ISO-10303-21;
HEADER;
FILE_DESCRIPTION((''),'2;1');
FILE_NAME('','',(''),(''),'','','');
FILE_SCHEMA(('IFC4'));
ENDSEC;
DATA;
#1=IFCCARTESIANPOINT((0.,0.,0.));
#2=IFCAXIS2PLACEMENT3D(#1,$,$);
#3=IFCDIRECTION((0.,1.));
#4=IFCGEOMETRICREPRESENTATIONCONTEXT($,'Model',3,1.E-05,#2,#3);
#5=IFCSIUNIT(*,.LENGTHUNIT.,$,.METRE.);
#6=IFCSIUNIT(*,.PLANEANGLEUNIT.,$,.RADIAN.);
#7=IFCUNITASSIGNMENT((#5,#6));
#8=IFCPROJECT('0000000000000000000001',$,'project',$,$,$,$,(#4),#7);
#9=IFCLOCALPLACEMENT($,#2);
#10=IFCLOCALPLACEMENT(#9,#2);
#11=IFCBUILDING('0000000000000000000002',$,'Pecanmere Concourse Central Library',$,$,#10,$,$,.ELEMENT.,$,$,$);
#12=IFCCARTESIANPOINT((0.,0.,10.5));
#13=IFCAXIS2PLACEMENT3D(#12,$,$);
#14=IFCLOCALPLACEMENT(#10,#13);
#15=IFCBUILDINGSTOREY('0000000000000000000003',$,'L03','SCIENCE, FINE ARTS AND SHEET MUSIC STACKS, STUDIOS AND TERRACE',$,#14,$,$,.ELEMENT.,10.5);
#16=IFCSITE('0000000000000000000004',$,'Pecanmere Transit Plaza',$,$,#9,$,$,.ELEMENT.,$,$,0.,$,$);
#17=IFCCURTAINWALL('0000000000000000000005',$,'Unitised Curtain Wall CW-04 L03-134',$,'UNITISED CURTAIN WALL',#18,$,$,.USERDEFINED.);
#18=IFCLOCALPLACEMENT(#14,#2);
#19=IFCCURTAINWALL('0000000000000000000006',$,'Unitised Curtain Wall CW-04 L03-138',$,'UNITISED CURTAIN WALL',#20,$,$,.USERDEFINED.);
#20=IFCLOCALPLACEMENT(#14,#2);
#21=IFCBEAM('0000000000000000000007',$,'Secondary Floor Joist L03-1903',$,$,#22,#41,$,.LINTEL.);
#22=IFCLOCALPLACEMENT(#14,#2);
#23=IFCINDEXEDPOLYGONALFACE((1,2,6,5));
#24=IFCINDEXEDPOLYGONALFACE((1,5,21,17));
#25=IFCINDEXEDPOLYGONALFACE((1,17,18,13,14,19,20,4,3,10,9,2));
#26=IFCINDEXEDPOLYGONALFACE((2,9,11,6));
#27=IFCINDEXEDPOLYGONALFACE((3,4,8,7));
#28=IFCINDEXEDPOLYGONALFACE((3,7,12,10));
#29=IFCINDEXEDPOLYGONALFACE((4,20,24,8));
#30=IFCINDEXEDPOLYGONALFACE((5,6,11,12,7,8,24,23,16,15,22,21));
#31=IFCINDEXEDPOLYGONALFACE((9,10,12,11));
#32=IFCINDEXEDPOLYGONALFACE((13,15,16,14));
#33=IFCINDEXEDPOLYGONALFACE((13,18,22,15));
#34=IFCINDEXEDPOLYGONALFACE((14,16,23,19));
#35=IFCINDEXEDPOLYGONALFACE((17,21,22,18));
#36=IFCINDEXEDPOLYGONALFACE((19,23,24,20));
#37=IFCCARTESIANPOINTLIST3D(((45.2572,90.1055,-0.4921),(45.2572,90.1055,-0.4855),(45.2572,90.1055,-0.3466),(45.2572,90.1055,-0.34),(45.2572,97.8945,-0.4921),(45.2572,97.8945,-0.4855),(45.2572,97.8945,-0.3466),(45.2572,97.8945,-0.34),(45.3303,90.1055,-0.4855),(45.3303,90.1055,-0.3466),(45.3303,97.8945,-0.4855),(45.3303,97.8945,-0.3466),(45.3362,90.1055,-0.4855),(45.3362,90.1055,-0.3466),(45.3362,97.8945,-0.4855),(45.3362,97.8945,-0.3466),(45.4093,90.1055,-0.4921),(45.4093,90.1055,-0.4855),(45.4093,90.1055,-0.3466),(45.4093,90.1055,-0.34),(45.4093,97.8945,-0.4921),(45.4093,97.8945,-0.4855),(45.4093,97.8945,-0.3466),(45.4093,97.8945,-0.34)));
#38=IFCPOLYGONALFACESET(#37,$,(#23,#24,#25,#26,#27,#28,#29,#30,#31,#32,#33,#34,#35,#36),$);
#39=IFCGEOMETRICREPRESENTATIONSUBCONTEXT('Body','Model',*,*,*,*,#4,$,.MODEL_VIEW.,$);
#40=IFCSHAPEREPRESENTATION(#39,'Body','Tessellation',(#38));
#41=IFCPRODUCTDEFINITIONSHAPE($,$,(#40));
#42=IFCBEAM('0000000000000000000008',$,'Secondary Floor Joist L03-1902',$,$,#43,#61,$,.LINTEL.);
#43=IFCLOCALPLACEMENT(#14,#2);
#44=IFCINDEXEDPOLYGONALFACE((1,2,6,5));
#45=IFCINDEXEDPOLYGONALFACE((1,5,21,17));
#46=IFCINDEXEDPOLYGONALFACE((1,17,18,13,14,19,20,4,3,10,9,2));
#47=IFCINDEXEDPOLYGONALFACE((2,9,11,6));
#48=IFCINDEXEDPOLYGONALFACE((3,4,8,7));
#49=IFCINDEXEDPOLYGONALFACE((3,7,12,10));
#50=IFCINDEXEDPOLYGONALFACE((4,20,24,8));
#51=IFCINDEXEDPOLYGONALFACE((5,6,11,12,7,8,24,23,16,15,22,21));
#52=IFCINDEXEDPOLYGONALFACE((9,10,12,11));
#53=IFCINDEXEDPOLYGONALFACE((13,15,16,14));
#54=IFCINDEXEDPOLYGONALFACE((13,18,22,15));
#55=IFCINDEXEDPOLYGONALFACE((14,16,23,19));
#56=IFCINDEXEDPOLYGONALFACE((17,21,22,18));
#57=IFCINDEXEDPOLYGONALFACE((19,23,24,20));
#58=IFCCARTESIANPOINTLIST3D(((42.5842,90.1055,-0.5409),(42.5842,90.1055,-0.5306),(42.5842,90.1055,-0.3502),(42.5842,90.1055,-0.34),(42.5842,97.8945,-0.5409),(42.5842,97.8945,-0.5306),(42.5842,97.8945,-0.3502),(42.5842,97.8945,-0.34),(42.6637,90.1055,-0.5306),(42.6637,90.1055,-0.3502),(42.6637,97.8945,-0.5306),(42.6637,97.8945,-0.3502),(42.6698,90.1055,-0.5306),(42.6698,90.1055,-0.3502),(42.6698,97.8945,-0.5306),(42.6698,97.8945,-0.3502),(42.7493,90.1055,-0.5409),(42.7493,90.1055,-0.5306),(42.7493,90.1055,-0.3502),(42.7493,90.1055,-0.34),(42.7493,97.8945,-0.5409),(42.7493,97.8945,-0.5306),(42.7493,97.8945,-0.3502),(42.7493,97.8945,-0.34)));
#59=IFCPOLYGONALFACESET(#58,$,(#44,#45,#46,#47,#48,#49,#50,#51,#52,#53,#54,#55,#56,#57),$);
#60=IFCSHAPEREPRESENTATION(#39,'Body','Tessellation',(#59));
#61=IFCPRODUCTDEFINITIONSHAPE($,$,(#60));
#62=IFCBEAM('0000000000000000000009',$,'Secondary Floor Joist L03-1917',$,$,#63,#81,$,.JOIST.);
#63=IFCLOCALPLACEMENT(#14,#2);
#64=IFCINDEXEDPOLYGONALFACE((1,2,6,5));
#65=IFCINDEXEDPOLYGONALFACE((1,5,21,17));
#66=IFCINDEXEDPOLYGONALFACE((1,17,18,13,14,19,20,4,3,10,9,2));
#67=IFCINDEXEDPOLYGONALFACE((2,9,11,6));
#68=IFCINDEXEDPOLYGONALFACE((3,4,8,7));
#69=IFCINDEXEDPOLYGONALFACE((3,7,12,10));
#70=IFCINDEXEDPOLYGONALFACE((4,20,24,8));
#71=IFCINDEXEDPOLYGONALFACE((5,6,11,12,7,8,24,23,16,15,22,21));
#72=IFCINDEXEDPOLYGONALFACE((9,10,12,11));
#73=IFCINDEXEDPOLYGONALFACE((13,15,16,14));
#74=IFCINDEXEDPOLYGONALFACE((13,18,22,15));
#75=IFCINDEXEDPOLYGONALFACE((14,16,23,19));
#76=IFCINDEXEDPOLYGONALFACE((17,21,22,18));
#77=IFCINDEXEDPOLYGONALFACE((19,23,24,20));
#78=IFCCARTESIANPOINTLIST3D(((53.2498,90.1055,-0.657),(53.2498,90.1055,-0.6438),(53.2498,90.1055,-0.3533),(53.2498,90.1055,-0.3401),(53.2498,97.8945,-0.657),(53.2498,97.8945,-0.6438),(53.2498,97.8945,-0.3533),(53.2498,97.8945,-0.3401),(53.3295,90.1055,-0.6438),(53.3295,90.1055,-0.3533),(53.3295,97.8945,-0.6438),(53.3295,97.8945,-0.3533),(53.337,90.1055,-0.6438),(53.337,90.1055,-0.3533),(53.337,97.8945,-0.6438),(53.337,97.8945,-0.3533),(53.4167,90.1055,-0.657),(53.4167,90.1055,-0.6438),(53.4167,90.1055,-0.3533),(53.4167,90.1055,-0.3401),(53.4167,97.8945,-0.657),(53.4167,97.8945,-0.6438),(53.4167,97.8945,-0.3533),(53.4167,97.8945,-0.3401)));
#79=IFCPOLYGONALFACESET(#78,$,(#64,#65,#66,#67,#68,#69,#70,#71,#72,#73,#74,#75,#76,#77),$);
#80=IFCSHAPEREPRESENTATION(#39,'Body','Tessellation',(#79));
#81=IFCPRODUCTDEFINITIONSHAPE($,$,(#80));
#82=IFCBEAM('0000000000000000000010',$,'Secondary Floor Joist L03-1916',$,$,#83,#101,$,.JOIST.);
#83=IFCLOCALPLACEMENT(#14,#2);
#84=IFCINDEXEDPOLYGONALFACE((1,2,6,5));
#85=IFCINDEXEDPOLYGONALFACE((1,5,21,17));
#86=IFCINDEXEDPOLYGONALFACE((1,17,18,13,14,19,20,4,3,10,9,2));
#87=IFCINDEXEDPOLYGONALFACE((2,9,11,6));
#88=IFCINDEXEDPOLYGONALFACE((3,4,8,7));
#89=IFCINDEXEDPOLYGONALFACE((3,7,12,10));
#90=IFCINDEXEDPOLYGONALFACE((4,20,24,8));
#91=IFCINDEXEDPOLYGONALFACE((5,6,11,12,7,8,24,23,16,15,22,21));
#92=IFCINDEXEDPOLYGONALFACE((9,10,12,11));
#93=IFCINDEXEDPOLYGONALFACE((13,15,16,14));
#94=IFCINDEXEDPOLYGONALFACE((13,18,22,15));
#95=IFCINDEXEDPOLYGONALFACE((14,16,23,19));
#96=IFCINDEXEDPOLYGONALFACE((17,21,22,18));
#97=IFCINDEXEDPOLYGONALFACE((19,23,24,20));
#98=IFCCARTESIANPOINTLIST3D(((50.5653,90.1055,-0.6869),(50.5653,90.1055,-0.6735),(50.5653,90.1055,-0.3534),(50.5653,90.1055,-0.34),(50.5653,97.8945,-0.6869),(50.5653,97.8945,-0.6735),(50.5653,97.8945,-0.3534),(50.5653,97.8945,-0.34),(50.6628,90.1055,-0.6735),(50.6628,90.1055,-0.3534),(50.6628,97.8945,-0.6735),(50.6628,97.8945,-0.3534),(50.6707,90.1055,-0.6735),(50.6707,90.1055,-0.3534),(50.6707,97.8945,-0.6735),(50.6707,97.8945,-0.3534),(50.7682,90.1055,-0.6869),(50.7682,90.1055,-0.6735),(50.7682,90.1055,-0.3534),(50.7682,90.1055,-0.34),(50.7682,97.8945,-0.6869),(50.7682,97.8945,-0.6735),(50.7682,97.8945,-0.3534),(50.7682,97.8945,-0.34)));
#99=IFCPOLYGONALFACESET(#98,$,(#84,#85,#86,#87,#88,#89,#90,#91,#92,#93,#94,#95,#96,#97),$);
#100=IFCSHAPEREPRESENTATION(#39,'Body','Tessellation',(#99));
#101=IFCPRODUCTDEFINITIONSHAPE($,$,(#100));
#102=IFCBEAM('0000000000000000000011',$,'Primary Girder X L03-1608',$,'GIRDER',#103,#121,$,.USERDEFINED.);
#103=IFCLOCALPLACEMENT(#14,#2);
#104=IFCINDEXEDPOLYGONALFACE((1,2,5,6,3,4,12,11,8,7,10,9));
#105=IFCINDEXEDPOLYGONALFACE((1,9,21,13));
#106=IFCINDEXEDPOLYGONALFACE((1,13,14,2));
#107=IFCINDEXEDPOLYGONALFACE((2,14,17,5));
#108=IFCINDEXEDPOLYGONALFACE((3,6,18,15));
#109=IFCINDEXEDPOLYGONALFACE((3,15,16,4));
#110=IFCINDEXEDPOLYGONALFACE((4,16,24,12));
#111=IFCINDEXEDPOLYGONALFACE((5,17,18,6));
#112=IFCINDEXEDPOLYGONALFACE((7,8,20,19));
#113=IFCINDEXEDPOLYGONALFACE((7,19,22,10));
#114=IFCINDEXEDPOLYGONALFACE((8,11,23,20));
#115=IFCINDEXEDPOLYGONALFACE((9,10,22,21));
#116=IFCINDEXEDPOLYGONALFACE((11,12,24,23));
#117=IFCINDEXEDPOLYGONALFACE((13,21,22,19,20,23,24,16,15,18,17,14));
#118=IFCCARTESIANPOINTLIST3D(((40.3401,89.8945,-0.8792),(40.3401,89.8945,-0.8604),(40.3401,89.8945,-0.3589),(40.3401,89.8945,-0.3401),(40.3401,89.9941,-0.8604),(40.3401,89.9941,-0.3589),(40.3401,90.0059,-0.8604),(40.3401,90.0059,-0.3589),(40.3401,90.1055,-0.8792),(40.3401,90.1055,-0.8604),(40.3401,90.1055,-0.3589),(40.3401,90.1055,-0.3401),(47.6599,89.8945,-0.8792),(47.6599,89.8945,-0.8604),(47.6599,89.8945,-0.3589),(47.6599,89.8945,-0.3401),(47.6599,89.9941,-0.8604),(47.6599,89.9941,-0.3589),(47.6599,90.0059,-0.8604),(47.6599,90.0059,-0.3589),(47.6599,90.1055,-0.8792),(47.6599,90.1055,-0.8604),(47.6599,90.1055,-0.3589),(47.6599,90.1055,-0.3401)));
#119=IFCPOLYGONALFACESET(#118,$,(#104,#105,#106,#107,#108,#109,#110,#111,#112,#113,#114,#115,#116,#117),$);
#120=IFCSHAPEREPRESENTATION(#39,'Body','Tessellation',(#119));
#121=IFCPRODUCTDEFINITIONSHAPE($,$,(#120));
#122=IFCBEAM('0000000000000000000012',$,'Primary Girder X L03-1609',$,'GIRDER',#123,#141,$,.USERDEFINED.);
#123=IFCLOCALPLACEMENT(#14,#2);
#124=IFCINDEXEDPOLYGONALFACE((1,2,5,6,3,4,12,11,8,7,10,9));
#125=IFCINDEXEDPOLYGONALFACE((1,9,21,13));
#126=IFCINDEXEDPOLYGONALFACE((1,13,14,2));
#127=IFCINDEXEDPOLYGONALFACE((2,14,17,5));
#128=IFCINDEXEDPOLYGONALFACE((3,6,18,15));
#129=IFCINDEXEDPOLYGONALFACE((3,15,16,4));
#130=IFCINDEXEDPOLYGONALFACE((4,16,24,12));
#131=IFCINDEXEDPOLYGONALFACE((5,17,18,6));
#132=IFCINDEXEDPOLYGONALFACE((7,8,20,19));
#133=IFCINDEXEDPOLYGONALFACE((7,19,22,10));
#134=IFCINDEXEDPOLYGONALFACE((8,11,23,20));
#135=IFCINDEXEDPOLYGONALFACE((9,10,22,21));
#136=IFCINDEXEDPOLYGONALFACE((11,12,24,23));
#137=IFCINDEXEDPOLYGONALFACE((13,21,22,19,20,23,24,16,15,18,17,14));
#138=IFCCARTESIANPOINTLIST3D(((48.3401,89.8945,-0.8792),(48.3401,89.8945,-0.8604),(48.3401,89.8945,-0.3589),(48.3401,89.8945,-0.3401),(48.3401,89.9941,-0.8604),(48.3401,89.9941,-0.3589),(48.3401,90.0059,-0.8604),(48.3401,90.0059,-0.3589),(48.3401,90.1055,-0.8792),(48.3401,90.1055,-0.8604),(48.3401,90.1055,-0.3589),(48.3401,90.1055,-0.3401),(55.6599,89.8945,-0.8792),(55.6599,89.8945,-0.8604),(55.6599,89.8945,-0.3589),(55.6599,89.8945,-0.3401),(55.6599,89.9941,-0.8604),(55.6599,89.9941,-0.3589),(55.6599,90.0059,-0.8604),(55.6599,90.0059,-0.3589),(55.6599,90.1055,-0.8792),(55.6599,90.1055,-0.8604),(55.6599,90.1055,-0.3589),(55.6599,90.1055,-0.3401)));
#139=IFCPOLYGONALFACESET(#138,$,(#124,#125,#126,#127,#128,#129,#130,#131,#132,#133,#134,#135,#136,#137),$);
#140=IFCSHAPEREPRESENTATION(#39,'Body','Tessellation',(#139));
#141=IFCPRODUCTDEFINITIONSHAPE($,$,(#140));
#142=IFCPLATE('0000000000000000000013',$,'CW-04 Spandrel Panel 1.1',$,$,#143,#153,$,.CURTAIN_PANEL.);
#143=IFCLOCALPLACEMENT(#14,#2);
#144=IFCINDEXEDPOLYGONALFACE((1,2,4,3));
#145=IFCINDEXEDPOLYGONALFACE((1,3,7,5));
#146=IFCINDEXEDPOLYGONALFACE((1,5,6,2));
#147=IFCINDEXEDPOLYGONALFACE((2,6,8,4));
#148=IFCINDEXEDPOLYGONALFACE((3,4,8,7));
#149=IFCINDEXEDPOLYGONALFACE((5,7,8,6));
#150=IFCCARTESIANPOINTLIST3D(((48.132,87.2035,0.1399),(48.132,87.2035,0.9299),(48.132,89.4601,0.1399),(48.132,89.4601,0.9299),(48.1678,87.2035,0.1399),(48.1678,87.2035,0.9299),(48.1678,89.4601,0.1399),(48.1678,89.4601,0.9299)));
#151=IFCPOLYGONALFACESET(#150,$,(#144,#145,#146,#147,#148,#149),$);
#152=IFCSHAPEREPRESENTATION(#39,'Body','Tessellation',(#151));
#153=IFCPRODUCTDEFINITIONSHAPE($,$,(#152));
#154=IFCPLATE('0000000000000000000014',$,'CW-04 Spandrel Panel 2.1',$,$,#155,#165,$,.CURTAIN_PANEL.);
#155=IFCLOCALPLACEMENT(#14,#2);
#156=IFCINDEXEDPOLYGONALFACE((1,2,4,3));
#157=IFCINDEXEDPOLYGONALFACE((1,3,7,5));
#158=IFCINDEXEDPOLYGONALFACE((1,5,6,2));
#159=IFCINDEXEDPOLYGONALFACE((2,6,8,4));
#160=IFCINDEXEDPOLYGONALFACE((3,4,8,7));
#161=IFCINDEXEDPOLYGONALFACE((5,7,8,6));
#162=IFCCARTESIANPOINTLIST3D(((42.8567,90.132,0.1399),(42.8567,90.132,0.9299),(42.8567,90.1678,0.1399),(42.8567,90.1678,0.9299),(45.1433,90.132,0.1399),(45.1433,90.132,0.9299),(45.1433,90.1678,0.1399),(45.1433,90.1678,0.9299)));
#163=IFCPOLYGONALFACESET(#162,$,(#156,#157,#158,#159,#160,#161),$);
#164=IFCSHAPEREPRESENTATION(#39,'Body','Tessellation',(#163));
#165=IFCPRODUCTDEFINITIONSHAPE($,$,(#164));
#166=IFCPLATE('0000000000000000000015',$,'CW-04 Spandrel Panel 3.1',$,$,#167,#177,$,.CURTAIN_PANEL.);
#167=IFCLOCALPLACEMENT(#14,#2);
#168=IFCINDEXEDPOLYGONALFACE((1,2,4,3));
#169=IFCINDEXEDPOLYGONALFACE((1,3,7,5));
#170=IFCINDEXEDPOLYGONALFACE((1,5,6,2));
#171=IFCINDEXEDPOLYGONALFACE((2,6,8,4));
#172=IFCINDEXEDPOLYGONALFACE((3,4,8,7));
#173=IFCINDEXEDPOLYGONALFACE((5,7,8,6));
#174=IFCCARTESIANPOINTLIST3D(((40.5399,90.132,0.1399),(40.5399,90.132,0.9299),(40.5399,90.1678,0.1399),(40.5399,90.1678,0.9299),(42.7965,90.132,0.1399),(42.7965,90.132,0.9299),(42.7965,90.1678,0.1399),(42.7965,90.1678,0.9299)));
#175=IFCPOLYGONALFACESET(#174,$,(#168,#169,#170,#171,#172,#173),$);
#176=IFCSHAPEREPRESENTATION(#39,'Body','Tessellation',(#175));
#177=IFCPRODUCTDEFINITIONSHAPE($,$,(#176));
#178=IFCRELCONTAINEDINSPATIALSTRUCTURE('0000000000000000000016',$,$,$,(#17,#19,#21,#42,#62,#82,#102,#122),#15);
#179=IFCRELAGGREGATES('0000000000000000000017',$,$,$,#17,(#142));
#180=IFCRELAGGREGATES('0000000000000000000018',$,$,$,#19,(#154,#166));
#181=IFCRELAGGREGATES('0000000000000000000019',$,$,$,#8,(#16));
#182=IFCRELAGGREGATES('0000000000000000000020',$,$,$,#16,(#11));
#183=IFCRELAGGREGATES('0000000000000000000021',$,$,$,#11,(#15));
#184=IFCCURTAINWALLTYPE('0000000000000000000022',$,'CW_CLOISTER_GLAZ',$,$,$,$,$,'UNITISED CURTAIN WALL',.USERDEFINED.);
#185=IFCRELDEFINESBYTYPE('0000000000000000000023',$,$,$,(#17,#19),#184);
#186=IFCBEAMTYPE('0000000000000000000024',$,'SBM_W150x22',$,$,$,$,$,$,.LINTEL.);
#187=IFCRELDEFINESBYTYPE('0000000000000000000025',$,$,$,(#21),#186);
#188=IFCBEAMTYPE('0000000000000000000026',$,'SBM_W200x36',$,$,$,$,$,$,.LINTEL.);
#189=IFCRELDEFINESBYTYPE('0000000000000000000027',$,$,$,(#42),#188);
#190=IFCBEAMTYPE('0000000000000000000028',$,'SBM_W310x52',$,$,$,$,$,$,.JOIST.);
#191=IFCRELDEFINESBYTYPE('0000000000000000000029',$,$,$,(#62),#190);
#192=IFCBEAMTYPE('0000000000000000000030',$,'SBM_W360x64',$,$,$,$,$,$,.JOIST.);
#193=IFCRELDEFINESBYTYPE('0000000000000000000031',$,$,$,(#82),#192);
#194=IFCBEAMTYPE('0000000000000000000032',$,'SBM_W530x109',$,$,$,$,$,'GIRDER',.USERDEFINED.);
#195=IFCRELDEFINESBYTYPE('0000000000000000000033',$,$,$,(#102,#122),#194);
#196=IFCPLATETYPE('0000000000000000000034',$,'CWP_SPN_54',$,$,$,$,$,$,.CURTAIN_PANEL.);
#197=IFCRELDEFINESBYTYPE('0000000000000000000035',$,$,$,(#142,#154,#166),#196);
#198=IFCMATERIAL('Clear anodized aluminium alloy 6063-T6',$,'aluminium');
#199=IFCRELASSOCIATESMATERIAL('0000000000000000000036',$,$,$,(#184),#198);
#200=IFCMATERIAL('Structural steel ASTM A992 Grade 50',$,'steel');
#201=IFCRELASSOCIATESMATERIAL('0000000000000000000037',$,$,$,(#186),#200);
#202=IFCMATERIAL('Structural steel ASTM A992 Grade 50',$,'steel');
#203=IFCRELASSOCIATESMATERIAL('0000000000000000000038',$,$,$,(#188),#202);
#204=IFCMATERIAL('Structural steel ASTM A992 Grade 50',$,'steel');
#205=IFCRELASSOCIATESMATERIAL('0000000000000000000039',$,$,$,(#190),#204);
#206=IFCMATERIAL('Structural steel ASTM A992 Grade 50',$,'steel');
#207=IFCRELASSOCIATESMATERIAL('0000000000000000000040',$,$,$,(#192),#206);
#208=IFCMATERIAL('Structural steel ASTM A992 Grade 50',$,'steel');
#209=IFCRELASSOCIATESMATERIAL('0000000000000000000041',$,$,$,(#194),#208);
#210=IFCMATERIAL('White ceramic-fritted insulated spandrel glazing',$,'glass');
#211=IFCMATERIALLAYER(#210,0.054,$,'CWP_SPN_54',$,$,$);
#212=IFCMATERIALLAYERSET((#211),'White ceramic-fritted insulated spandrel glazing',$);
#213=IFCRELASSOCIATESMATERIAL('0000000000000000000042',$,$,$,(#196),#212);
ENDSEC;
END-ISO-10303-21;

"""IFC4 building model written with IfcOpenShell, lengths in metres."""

from ifc_helpers import new_model, si_unit, direction, frame, origin, origin_2d, place, context, subcontext, project, spatial, rectangle, i_section, extrude, material, layer, layer_set, material_profile, profile_set, type_object, element, aggregate, save


model = new_model("IFC4")

# Units and contexts
model_context = context("Model", 3, precision=1e-05, world=origin(), true_north=direction((0.0, 1.0)))
body_context = subcontext(model_context, "Body", "Model", "MODEL_VIEW")
ifc_project = project(units=[si_unit("LENGTHUNIT", "METRE"), si_unit("PLANEANGLEUNIT", "RADIAN")], contexts=[model_context])

# Site, building, storey
site_placement = place(None, origin())
site = spatial("IfcSite", under=ifc_project, at=site_placement, Name="Pecanmere Transit Plaza", CompositionType="ELEMENT", RefElevation=0.0)
building_placement = place(site_placement, origin())
building = spatial("IfcBuilding", under=site, at=building_placement, Name="Pecanmere Concourse Central Library", CompositionType="ELEMENT")
storey_placement = place(building_placement, frame((0.0, 0.0, 10.5)))
storey = spatial("IfcBuildingStorey", under=building, at=storey_placement, Name="L03", Description="SCIENCE, FINE ARTS AND SHEET MUSIC STACKS, STUDIOS AND TERRACE", CompositionType="ELEMENT", Elevation=10.5)

# Curtain wall
ifc_material_1 = material(Name="Clear anodized aluminium alloy 6063-T6", Category="aluminium")
curtain_wall_type = type_object("IfcCurtainWallType", Name="CW_CLOISTER_GLAZ", ElementType="UNITISED CURTAIN WALL", PredefinedType="USERDEFINED", material=ifc_material_1)
curtain_wall_1_placement = place(storey_placement, origin())
curtain_wall_1 = element("IfcCurtainWall", 1, at=curtain_wall_1_placement, inside=storey, type_object=curtain_wall_type, Name="Unitised Curtain Wall CW-04 L03-134", ObjectType="UNITISED CURTAIN WALL", PredefinedType="USERDEFINED")

# Curtain wall
curtain_wall_2_placement = place(storey_placement, origin())
curtain_wall_2 = element("IfcCurtainWall", 2, at=curtain_wall_2_placement, inside=storey, type_object=curtain_wall_type, Name="Unitised Curtain Wall CW-04 L03-138", ObjectType="UNITISED CURTAIN WALL", PredefinedType="USERDEFINED")

# Beams
ifc_material_2 = material(Name="Structural steel ASTM A992 Grade 50", Category="steel")
ifc_material_profile_1 = material_profile(ifc_material_2, i_section(OverallWidth=0.1521, OverallDepth=0.1521, WebThickness=0.0059, FlangeThickness=0.0066, at=origin_2d()), Name="W150x22.5")
ifc_profile_set_1 = profile_set([ifc_material_profile_1], Name="Structural steel ASTM A992 Grade 50")
beam_type_1 = type_object("IfcBeamType", Name="SBM_W150x22", PredefinedType="LINTEL", material=ifc_profile_set_1)
beam_1_placement = place(storey_placement, frame((45.3333, 90.1055, -0.416), z_axis=(0.0, 1.0, 0.0), x_axis=(-1.0, 0.0, 0.0)))
element("IfcBeam", 3, at=beam_1_placement, inside=storey, type_object=beam_type_1, Name="Secondary Floor Joist L03-1903", PredefinedType="LINTEL", context=body_context, shape_type="SweptSolid", body=[
    extrude(i_section(OverallWidth=0.1521, OverallDepth=0.1521, WebThickness=0.0059, FlangeThickness=0.0066, at=origin_2d()), origin(), (0.0, 0.0, 1.0), 7.7891),
])
ifc_material_3 = material(Name="Structural steel ASTM A992 Grade 50", Category="steel")
ifc_material_profile_2 = material_profile(ifc_material_3, i_section(OverallWidth=0.165, OverallDepth=0.2009, WebThickness=0.0061, FlangeThickness=0.0103, at=origin_2d()), Name="W200x35.9")
ifc_profile_set_2 = profile_set([ifc_material_profile_2], Name="Structural steel ASTM A992 Grade 50")
beam_type_2 = type_object("IfcBeamType", Name="SBM_W200x36", PredefinedType="LINTEL", material=ifc_profile_set_2)
beam_2_placement = place(storey_placement, frame((42.6667, 90.1055, -0.4404), z_axis=(0.0, 1.0, 0.0), x_axis=(-1.0, 0.0, 0.0)))
element("IfcBeam", 4, at=beam_2_placement, inside=storey, type_object=beam_type_2, Name="Secondary Floor Joist L03-1902", PredefinedType="LINTEL", context=body_context, shape_type="SweptSolid", body=[
    extrude(i_section(OverallWidth=0.165, OverallDepth=0.2009, WebThickness=0.0061, FlangeThickness=0.0103, at=origin_2d()), origin(), (0.0, 0.0, 1.0), 7.7891),
])
ifc_material_4 = material(Name="Structural steel ASTM A992 Grade 50", Category="steel")
ifc_material_profile_3 = material_profile(ifc_material_4, i_section(OverallWidth=0.167, OverallDepth=0.3169, WebThickness=0.0076, FlangeThickness=0.0132, at=origin_2d()), Name="W310x52")
ifc_profile_set_3 = profile_set([ifc_material_profile_3], Name="Structural steel ASTM A992 Grade 50")
beam_type_3 = type_object("IfcBeamType", Name="SBM_W310x52", PredefinedType="JOIST", material=ifc_profile_set_3)
beam_3_placement = place(storey_placement, frame((53.3333, 90.1055, -0.4985), z_axis=(0.0, 1.0, 0.0), x_axis=(-1.0, 0.0, 0.0)))
element("IfcBeam", 5, at=beam_3_placement, inside=storey, type_object=beam_type_3, Name="Secondary Floor Joist L03-1917", PredefinedType="JOIST", context=body_context, shape_type="SweptSolid", body=[
    extrude(i_section(OverallWidth=0.167, OverallDepth=0.3169, WebThickness=0.0076, FlangeThickness=0.0132, at=origin_2d()), origin(), (0.0, 0.0, 1.0), 7.7891),
])
ifc_material_5 = material(Name="Structural steel ASTM A992 Grade 50", Category="steel")
ifc_material_profile_4 = material_profile(ifc_material_5, i_section(OverallWidth=0.2029, OverallDepth=0.3469, WebThickness=0.0078, FlangeThickness=0.0134, at=origin_2d()), Name="W360x64")
ifc_profile_set_4 = profile_set([ifc_material_profile_4], Name="Structural steel ASTM A992 Grade 50")
beam_type_4 = type_object("IfcBeamType", Name="SBM_W360x64", PredefinedType="JOIST", material=ifc_profile_set_4)
beam_4_placement = place(storey_placement, frame((50.6667, 90.1055, -0.5134), z_axis=(0.0, 1.0, 0.0), x_axis=(-1.0, 0.0, 0.0)))
element("IfcBeam", 6, at=beam_4_placement, inside=storey, type_object=beam_type_4, Name="Secondary Floor Joist L03-1916", PredefinedType="JOIST", context=body_context, shape_type="SweptSolid", body=[
    extrude(i_section(OverallWidth=0.2029, OverallDepth=0.3469, WebThickness=0.0078, FlangeThickness=0.0134, at=origin_2d()), origin(), (0.0, 0.0, 1.0), 7.7891),
])
ifc_material_6 = material(Name="Structural steel ASTM A992 Grade 50", Category="steel")
ifc_material_profile_5 = material_profile(ifc_material_6, i_section(OverallWidth=0.2109, OverallDepth=0.5391, WebThickness=0.0117, FlangeThickness=0.0188, at=origin_2d()), Name="W530x109")
ifc_profile_set_5 = profile_set([ifc_material_profile_5], Name="Structural steel ASTM A992 Grade 50")
beam_type_5 = type_object("IfcBeamType", Name="SBM_W530x109", ElementType="GIRDER", PredefinedType="USERDEFINED", material=ifc_profile_set_5)
for number, where, z_axis, x_axis, name in (
    (7, (40.3401, 90.0, -0.6096), (1.0, 0.0, 0.0), (0.0, 1.0, 0.0), "Primary Girder X L03-1608"),
    (8, (48.3401, 90.0, -0.6096), (1.0, 0.0, 0.0), (0.0, 1.0, 0.0), "Primary Girder X L03-1609"),
):
    element("IfcBeam", number, at=place(storey_placement, frame(where, z_axis=z_axis, x_axis=x_axis)), inside=storey, type_object=beam_type_5, Name=name, ObjectType="GIRDER", PredefinedType="USERDEFINED", context=body_context, shape_type="SweptSolid", body=[
        extrude(i_section(OverallWidth=0.2109, OverallDepth=0.5391, WebThickness=0.0117, FlangeThickness=0.0188, at=origin_2d()), origin(), (0.0, 0.0, 1.0), 7.3198),
    ])

# Plates
ifc_material_7 = material(Name="White ceramic-fritted insulated spandrel glazing", Category="glass")
ifc_layer_1 = layer(ifc_material_7, 0.054, Name="CWP_SPN_54")
ifc_layer_set_1 = layer_set([ifc_layer_1], Name="White ceramic-fritted insulated spandrel glazing")
plate_type_1 = type_object("IfcPlateType", Name="CWP_SPN_54", PredefinedType="CURTAIN_PANEL", material=ifc_layer_set_1)
plate_1_placement = place(storey_placement, frame((48.1499, 88.3318, 0.1399), z_axis=(0.0, 0.0, 1.0), x_axis=(0.0, -1.0, 0.0)))
plate_1 = element("IfcPlate", 9, at=plate_1_placement, type_object=plate_type_1, Name="CW-04 Spandrel Panel 1.1", PredefinedType="CURTAIN_PANEL", context=body_context, shape_type="SweptSolid", body=[
    extrude(rectangle(XDim=2.2566, YDim=0.0359, at=origin_2d()), origin(), (0.0, 0.0, 1.0), 0.79),
])
plate_2_placement = place(storey_placement, frame((44.0, 90.1499, 0.1399), z_axis=(0.0, 0.0, 1.0), x_axis=(-1.0, 0.0, 0.0)))
plate_2 = element("IfcPlate", 10, at=plate_2_placement, type_object=plate_type_1, Name="CW-04 Spandrel Panel 2.1", PredefinedType="CURTAIN_PANEL", context=body_context, shape_type="SweptSolid", body=[
    extrude(rectangle(XDim=2.2866, YDim=0.0359, at=origin_2d()), origin(), (0.0, 0.0, 1.0), 0.79),
])
plate_3_placement = place(storey_placement, frame((41.6682, 90.1499, 0.1399), z_axis=(0.0, 0.0, 1.0), x_axis=(-1.0, 0.0, 0.0)))
plate_3 = element("IfcPlate", 11, at=plate_3_placement, type_object=plate_type_1, Name="CW-04 Spandrel Panel 3.1", PredefinedType="CURTAIN_PANEL", context=body_context, shape_type="SweptSolid", body=[
    extrude(rectangle(XDim=2.2566, YDim=0.0359, at=origin_2d()), origin(), (0.0, 0.0, 1.0), 0.79),
])
aggregate(curtain_wall_1, [plate_1])
aggregate(curtain_wall_2, [plate_2, plate_3])

save(model, "model.ifc")
